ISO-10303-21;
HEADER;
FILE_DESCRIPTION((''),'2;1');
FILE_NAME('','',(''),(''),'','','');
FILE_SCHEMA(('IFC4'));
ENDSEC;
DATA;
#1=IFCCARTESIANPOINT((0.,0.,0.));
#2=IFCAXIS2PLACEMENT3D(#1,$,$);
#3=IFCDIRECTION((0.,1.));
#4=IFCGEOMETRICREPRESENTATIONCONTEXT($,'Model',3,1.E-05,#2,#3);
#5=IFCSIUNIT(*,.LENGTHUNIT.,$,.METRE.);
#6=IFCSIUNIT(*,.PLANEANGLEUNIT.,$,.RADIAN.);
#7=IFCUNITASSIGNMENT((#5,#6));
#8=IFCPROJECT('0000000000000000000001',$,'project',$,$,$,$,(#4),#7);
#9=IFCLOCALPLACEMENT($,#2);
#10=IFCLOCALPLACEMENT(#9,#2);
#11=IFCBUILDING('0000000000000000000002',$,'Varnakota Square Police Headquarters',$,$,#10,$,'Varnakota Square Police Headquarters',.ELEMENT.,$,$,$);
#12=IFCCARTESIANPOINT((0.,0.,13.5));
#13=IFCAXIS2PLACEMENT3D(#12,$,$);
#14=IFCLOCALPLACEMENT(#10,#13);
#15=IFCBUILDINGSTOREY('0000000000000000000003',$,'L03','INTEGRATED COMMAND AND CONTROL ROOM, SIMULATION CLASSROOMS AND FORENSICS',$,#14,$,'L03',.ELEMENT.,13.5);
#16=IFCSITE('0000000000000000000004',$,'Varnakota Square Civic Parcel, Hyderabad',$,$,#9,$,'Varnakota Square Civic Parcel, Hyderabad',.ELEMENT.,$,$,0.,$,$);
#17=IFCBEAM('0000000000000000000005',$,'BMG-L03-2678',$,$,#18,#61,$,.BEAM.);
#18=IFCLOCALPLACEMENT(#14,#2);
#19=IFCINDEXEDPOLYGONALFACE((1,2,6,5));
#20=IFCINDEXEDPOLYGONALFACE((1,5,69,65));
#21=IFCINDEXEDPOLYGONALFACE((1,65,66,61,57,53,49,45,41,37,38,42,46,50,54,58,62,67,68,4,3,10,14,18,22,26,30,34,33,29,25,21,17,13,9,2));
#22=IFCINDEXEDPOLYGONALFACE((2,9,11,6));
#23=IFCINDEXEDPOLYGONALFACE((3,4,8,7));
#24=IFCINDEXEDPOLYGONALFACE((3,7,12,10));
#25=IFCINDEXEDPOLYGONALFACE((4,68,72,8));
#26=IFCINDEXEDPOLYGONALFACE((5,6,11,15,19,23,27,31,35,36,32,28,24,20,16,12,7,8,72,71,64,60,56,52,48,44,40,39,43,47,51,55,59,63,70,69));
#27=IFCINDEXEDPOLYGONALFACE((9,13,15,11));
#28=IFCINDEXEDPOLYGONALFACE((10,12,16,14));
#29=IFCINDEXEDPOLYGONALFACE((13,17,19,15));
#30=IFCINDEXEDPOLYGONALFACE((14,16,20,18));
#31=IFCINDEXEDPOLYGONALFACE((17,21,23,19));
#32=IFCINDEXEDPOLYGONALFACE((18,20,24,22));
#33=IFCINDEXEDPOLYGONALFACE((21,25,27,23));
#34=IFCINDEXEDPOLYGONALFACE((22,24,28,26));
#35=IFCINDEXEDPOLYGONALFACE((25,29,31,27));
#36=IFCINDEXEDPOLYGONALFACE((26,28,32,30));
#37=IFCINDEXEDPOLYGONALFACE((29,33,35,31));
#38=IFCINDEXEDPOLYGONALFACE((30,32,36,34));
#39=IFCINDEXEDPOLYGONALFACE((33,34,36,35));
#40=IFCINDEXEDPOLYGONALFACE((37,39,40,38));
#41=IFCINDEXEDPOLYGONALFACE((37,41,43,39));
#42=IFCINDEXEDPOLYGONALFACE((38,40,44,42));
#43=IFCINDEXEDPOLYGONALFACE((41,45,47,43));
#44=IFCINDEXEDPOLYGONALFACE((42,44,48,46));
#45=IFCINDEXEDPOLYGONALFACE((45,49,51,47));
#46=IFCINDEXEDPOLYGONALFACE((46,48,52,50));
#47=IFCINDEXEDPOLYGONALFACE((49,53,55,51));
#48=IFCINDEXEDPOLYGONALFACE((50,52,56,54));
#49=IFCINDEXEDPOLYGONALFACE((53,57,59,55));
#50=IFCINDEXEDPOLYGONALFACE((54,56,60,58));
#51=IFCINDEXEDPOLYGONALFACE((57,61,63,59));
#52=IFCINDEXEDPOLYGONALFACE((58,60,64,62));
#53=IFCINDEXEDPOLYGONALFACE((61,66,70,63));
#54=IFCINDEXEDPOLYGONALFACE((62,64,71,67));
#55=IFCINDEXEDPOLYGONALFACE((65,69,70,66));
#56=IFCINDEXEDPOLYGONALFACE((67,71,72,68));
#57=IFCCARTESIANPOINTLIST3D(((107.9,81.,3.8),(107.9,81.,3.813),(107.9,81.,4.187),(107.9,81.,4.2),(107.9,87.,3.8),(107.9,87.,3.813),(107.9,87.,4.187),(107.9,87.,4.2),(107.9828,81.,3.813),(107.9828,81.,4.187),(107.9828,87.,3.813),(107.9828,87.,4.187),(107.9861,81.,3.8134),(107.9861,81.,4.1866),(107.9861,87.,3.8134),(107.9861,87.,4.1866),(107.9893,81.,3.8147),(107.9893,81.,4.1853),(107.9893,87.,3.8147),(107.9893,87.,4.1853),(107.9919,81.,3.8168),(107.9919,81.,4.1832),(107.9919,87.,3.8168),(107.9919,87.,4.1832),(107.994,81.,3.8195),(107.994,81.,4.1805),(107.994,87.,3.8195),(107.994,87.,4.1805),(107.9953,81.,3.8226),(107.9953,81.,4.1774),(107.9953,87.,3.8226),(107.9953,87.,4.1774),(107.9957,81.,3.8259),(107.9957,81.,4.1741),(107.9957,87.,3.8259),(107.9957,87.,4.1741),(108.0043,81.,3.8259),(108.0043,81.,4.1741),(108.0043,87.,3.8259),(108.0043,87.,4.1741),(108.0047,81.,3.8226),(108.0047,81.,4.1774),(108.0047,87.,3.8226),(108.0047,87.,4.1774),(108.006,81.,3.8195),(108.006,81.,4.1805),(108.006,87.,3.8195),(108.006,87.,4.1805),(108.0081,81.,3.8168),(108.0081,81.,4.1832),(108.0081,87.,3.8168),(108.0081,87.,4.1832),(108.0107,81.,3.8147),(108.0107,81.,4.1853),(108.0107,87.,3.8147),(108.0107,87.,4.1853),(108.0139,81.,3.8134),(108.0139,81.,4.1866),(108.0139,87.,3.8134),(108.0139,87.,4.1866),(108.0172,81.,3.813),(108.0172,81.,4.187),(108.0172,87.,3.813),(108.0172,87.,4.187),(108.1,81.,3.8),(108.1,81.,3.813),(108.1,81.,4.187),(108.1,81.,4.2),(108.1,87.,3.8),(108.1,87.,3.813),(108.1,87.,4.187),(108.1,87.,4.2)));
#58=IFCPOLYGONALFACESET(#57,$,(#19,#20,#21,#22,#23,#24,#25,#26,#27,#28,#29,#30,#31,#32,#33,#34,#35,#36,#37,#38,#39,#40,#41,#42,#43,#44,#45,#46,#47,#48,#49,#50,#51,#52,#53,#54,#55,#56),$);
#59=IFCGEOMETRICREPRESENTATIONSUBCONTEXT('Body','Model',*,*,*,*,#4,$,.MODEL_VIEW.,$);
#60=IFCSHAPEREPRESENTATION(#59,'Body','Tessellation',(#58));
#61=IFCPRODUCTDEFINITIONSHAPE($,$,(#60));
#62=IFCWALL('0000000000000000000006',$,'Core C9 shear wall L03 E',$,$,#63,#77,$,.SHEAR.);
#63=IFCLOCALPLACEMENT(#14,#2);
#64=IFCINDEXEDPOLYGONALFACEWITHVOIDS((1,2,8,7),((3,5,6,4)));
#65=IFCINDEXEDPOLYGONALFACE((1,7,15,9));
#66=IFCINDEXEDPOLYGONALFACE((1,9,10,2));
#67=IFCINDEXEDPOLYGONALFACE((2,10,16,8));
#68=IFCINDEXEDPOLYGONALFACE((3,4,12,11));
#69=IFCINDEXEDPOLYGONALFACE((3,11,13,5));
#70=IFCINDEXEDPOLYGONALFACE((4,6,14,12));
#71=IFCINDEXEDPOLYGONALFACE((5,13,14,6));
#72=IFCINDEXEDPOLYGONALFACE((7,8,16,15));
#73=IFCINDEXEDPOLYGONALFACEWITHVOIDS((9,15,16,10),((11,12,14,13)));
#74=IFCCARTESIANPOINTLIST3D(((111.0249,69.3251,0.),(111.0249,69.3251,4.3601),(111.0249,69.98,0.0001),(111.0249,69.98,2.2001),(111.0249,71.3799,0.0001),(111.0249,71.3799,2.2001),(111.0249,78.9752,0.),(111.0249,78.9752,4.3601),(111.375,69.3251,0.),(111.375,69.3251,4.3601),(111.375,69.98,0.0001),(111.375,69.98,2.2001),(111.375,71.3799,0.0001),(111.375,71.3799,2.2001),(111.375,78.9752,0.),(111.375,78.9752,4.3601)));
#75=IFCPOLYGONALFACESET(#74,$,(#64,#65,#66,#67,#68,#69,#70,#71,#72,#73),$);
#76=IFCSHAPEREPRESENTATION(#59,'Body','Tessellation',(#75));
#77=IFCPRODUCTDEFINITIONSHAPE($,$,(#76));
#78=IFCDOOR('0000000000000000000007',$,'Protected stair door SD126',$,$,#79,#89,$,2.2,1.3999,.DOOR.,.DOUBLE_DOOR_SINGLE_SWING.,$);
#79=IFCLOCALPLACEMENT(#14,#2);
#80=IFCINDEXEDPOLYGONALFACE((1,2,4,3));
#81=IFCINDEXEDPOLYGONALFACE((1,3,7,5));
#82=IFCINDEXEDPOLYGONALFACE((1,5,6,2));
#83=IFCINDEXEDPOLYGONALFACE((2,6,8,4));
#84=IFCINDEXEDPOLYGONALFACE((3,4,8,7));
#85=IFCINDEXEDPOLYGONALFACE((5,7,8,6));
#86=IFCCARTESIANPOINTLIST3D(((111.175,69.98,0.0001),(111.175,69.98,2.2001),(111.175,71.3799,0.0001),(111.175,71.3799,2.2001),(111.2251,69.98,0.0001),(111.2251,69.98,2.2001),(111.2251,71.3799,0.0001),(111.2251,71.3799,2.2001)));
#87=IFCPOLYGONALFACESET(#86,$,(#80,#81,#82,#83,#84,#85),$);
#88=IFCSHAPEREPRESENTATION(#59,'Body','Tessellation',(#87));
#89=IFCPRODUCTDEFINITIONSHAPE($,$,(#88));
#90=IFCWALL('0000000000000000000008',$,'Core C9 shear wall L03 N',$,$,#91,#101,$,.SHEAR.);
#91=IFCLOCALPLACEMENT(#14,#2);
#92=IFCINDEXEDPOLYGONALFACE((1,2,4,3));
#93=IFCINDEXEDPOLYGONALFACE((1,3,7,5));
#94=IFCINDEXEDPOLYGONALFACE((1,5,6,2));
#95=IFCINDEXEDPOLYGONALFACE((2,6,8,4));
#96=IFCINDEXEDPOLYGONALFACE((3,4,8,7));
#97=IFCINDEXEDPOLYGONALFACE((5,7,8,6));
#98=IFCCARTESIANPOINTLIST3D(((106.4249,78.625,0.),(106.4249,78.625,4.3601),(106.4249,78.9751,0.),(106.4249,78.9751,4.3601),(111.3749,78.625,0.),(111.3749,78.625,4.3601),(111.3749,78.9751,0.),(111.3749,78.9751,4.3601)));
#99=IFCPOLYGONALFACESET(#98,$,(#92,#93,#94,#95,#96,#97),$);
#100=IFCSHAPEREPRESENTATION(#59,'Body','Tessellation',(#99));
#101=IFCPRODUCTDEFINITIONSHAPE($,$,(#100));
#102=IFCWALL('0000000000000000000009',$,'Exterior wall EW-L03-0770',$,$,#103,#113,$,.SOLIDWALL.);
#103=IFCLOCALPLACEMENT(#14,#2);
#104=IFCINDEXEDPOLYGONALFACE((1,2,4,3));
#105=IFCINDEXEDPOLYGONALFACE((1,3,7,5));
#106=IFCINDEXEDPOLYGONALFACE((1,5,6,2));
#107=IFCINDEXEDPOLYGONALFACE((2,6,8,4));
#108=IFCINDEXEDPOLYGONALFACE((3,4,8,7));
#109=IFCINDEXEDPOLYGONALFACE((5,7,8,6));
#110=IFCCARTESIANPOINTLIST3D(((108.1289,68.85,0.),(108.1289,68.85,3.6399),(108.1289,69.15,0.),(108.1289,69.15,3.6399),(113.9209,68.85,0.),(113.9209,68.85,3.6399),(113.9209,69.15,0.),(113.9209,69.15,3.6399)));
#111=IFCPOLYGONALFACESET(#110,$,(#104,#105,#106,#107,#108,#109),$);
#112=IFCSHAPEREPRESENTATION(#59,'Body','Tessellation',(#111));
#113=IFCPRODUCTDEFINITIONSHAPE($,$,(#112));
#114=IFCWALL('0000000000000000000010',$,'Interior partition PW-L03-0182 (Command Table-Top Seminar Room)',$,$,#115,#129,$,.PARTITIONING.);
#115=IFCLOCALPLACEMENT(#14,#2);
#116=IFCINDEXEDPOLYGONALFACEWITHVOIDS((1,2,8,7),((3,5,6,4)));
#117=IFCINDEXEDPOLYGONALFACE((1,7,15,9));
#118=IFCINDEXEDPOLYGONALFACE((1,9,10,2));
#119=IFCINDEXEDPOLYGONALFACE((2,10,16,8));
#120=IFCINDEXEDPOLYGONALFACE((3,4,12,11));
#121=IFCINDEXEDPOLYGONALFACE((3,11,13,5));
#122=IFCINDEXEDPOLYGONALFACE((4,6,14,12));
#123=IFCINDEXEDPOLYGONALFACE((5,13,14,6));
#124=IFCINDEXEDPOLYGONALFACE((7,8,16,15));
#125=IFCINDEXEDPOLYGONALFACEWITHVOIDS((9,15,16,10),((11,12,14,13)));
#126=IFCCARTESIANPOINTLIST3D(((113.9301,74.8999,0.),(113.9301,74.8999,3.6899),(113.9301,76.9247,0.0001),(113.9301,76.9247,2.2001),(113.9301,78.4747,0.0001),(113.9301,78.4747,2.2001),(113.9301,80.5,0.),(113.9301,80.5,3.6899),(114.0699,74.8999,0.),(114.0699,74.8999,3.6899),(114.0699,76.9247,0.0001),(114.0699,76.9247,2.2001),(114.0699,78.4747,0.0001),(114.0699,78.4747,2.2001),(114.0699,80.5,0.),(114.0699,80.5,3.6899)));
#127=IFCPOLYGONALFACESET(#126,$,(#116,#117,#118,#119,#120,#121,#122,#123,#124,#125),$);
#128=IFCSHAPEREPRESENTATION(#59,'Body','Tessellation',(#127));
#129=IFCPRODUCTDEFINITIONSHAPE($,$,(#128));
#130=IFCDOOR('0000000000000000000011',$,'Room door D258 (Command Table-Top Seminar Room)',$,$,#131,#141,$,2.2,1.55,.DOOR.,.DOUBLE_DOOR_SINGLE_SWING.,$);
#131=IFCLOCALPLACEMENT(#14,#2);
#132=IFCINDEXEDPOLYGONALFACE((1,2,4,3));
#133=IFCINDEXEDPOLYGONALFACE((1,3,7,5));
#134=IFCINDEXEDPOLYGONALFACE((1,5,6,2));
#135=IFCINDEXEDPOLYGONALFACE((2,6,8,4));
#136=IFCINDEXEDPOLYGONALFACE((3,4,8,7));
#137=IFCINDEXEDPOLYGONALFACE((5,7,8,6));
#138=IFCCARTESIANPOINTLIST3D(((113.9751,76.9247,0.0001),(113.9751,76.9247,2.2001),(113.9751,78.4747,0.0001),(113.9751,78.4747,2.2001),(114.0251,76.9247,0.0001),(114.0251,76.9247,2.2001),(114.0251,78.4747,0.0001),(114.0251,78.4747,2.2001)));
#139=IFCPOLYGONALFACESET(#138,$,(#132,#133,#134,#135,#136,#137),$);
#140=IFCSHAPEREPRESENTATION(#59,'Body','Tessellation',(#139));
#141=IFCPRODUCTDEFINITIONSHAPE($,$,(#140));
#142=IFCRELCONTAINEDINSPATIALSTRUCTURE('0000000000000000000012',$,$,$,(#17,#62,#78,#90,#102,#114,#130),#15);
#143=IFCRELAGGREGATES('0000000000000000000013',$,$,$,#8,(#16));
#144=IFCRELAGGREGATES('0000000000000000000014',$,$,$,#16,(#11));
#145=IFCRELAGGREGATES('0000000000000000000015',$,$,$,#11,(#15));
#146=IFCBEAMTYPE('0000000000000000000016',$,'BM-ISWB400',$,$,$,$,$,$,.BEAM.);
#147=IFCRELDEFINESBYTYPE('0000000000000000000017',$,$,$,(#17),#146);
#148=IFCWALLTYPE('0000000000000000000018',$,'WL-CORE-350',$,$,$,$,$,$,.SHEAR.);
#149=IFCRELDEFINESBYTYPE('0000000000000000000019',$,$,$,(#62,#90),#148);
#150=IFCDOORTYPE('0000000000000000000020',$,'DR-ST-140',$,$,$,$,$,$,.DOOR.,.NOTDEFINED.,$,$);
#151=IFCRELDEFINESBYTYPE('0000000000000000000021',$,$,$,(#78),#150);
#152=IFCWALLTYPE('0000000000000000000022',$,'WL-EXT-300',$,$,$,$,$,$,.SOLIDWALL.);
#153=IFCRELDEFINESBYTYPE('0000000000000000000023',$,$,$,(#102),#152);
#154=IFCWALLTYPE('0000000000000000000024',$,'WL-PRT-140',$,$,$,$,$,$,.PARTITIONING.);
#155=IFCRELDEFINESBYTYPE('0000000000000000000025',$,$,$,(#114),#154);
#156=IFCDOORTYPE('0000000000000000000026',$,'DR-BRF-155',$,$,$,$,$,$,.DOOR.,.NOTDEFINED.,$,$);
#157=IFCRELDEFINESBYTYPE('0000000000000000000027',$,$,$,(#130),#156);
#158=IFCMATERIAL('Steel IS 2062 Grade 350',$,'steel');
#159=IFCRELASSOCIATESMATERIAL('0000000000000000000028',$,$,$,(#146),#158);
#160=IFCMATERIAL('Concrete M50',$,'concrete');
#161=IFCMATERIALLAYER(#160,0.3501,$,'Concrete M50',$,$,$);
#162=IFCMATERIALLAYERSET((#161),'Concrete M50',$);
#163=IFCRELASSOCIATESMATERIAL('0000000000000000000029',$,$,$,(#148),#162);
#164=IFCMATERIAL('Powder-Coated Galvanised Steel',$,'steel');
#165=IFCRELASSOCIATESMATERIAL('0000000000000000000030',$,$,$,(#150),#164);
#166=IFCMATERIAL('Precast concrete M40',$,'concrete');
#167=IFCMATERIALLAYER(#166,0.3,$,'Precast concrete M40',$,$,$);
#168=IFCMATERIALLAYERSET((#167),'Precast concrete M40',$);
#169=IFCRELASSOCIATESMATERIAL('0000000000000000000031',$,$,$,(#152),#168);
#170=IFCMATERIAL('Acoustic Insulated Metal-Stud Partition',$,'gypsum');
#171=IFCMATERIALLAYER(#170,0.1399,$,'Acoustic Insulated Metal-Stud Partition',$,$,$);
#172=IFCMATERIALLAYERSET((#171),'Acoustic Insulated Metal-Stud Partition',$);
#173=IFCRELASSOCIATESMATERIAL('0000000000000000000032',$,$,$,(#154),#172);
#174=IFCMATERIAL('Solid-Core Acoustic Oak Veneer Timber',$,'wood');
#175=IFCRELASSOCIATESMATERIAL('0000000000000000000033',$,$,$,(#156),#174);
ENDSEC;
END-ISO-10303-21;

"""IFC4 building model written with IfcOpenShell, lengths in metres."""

from ifc_helpers import new_model, si_unit, direction, frame, frame_2d, origin, origin_2d, place, context, subcontext, project, spatial, rectangle, i_section, extrude, material, layer, layer_set, material_profile, profile_set, type_object, element, fill, save


model = new_model("IFC4")

# Units and contexts
model_context = context("Model", 3, precision=1e-05, world=origin(), true_north=direction((0.0, 1.0)))
body_context = subcontext(model_context, "Body", "Model", "MODEL_VIEW")
ifc_project = project(units=[si_unit("LENGTHUNIT", "METRE"), si_unit("PLANEANGLEUNIT", "RADIAN")], contexts=[model_context])

# Site, building, storey
site_placement = place(None, origin())
site = spatial("IfcSite", under=ifc_project, at=site_placement, Name="Varnakota Square Civic Parcel, Hyderabad", LongName="Varnakota Square Civic Parcel, Hyderabad", CompositionType="ELEMENT", RefElevation=0.0)
building_placement = place(site_placement, origin())
building = spatial("IfcBuilding", under=site, at=building_placement, Name="Varnakota Square Police Headquarters", LongName="Varnakota Square Police Headquarters", CompositionType="ELEMENT")
storey_placement = place(building_placement, frame((0.0, 0.0, 13.5)))
storey = spatial("IfcBuildingStorey", under=building, at=storey_placement, Name="L03", Description="INTEGRATED COMMAND AND CONTROL ROOM, SIMULATION CLASSROOMS AND FORENSICS", LongName="L03", CompositionType="ELEMENT", Elevation=13.5)

# Shared definitions
ifc_material_1 = material(Name="Steel IS 2062 Grade 350", Category="steel")

# Beam
ifc_material_profile_1 = material_profile(ifc_material_1, i_section(OverallWidth=0.2, OverallDepth=0.3999, WebThickness=0.0085, FlangeThickness=0.0129, FilletRadius=0.0129, at=origin_2d()), Name="ISWB 400")
ifc_profile_set_1 = profile_set([ifc_material_profile_1], Name="Steel IS 2062 Grade 350")
beam_type_1 = type_object("IfcBeamType", Name="BM-ISWB400", PredefinedType="BEAM", material=ifc_profile_set_1)
beam_1_placement = place(storey_placement, frame((108.0, 81.0, 4.0), z_axis=(0.0, 1.0, 0.0), x_axis=(-1.0, 0.0, 0.0)))
element("IfcBeam", 1, at=beam_1_placement, inside=storey, type_object=beam_type_1, Name="BMG-L03-2678", PredefinedType="BEAM", context=body_context, shape_type="SweptSolid", body=[
    extrude(i_section(OverallWidth=0.2, OverallDepth=0.3999, WebThickness=0.0085, FlangeThickness=0.0129, FilletRadius=0.0129, at=origin_2d()), origin(), (0.0, 0.0, 1.0), 6.0),
])

# Wall, opening, door
ifc_material_2 = material(Name="Concrete M50", Category="concrete")
ifc_layer_1 = layer(ifc_material_2, 0.3501, Name="Concrete M50")
ifc_layer_set_1 = layer_set([ifc_layer_1], Name="Concrete M50")
wall_type_1 = type_object("IfcWallType", Name="WL-CORE-350", PredefinedType="SHEAR", material=ifc_layer_set_1)
wall_1_placement = place(storey_placement, frame((111.2, 69.325, 0.0), z_axis=(0.0, 0.0, 1.0), x_axis=(0.0, 1.0, 0.0)))
wall_1 = element("IfcWall", 2, at=wall_1_placement, inside=storey, type_object=wall_type_1, Name="Core C9 shear wall L03 E", PredefinedType="SHEAR", context=body_context, shape_type="SweptSolid", body=[
    extrude(rectangle(XDim=9.6501, YDim=0.3501, at=frame_2d((4.8252, 0.0))), origin(), (0.0, 0.0, 1.0), 4.3601),
])
opening_1_placement = place(wall_1_placement, frame((0.655, 0.0, 0.0)))
opening_1 = element("IfcOpeningElement", 3, at=opening_1_placement, cuts=wall_1, PredefinedType="OPENING", context=body_context, shape_type="SweptSolid", body=[
    extrude(rectangle(XDim=1.3999, YDim=2.2, at=frame_2d((0.7, 1.1001))), frame((0.0, 0.1851, 0.0), z_axis=(0.0, -1.0, 0.0), x_axis=(1.0, 0.0, 0.0)), (0.0, 0.0, 1.0), 0.3701),
])
ifc_material_3 = material(Name="Powder-Coated Galvanised Steel", Category="steel")
door_type_1 = type_object("IfcDoorType", Name="DR-ST-140", OperationType="NOTDEFINED", PredefinedType="DOOR", material=ifc_material_3)
door_1_placement = place(opening_1_placement, origin())
door_1 = element("IfcDoor", 4, at=door_1_placement, inside=storey, type_object=door_type_1, Name="Protected stair door SD126", OperationType="DOUBLE_DOOR_SINGLE_SWING", OverallHeight=2.2, OverallWidth=1.3999, PredefinedType="DOOR", context=body_context, shape_type="SweptSolid", body=[
    extrude(rectangle(XDim=1.3999, YDim=2.2, at=frame_2d((0.7, 1.1001))), frame((0.0, 0.0249, 0.0), z_axis=(0.0, -1.0, 0.0), x_axis=(1.0, 0.0, 0.0)), (0.0, 0.0, 1.0), 0.05),
])
fill(opening_1, door_1)

# Walls
wall_2_placement = place(storey_placement, frame((111.375, 78.8, 0.0), z_axis=(0.0, 0.0, 1.0), x_axis=(-1.0, 0.0, 0.0)))
element("IfcWall", 5, at=wall_2_placement, inside=storey, type_object=wall_type_1, Name="Core C9 shear wall L03 N", PredefinedType="SHEAR", context=body_context, shape_type="SweptSolid", body=[
    extrude(rectangle(XDim=4.95, YDim=0.3501, at=frame_2d((2.4751, 0.0))), origin(), (0.0, 0.0, 1.0), 4.3601),
])
ifc_material_4 = material(Name="Precast concrete M40", Category="concrete")
ifc_layer_2 = layer(ifc_material_4, 0.3, Name="Precast concrete M40")
ifc_layer_set_2 = layer_set([ifc_layer_2], Name="Precast concrete M40")
wall_type_2 = type_object("IfcWallType", Name="WL-EXT-300", PredefinedType="SOLIDWALL", material=ifc_layer_set_2)
wall_3_placement = place(storey_placement, frame((108.1289, 69.0, 0.0), z_axis=(0.0, 0.0, 1.0), x_axis=(1.0, 0.0, 0.0)))
element("IfcWall", 6, at=wall_3_placement, inside=storey, type_object=wall_type_2, Name="Exterior wall EW-L03-0770", PredefinedType="SOLIDWALL", context=body_context, shape_type="SweptSolid", body=[
    extrude(rectangle(XDim=5.792, YDim=0.3, at=frame_2d((2.896, 0.0))), origin(), (0.0, 0.0, 1.0), 3.6399),
])

# Wall, opening, door
ifc_material_5 = material(Name="Acoustic Insulated Metal-Stud Partition", Category="gypsum")
ifc_layer_3 = layer(ifc_material_5, 0.1399, Name="Acoustic Insulated Metal-Stud Partition")
ifc_layer_set_3 = layer_set([ifc_layer_3], Name="Acoustic Insulated Metal-Stud Partition")
wall_type_3 = type_object("IfcWallType", Name="WL-PRT-140", PredefinedType="PARTITIONING", material=ifc_layer_set_3)
wall_4_placement = place(storey_placement, frame((114.0, 74.8999, 0.0), z_axis=(0.0, 0.0, 1.0), x_axis=(0.0, 1.0, 0.0)))
wall_4 = element("IfcWall", 7, at=wall_4_placement, inside=storey, type_object=wall_type_3, Name="Interior partition PW-L03-0182 (Command Table-Top Seminar Room)", PredefinedType="PARTITIONING", context=body_context, shape_type="SweptSolid", body=[
    extrude(rectangle(XDim=5.6001, YDim=0.1399, at=frame_2d((2.8, 0.0))), origin(), (0.0, 0.0, 1.0), 3.6899),
])
opening_2_placement = place(wall_4_placement, frame((2.0249, 0.0, 0.0)))
opening_2 = element("IfcOpeningElement", 8, at=opening_2_placement, cuts=wall_4, PredefinedType="OPENING", context=body_context, shape_type="SweptSolid", body=[
    extrude(rectangle(XDim=1.55, YDim=2.2, at=frame_2d((0.7749, 1.1001))), frame((0.0, 0.0798, 0.0), z_axis=(0.0, -1.0, 0.0), x_axis=(1.0, 0.0, 0.0)), (0.0, 0.0, 1.0), 0.1599),
])
ifc_material_6 = material(Name="Solid-Core Acoustic Oak Veneer Timber", Category="wood")
door_type_2 = type_object("IfcDoorType", Name="DR-BRF-155", OperationType="NOTDEFINED", PredefinedType="DOOR", material=ifc_material_6)
door_2_placement = place(opening_2_placement, origin())
door_2 = element("IfcDoor", 9, at=door_2_placement, inside=storey, type_object=door_type_2, Name="Room door D258 (Command Table-Top Seminar Room)", OperationType="DOUBLE_DOOR_SINGLE_SWING", OverallHeight=2.2, OverallWidth=1.55, PredefinedType="DOOR", context=body_context, shape_type="SweptSolid", body=[
    extrude(rectangle(XDim=1.55, YDim=2.2, at=frame_2d((0.7749, 1.1001))), frame((0.0, 0.0249, 0.0), z_axis=(0.0, -1.0, 0.0), x_axis=(1.0, 0.0, 0.0)), (0.0, 0.0, 1.0), 0.05),
])
fill(opening_2, door_2)

save(model, "model.ifc")
